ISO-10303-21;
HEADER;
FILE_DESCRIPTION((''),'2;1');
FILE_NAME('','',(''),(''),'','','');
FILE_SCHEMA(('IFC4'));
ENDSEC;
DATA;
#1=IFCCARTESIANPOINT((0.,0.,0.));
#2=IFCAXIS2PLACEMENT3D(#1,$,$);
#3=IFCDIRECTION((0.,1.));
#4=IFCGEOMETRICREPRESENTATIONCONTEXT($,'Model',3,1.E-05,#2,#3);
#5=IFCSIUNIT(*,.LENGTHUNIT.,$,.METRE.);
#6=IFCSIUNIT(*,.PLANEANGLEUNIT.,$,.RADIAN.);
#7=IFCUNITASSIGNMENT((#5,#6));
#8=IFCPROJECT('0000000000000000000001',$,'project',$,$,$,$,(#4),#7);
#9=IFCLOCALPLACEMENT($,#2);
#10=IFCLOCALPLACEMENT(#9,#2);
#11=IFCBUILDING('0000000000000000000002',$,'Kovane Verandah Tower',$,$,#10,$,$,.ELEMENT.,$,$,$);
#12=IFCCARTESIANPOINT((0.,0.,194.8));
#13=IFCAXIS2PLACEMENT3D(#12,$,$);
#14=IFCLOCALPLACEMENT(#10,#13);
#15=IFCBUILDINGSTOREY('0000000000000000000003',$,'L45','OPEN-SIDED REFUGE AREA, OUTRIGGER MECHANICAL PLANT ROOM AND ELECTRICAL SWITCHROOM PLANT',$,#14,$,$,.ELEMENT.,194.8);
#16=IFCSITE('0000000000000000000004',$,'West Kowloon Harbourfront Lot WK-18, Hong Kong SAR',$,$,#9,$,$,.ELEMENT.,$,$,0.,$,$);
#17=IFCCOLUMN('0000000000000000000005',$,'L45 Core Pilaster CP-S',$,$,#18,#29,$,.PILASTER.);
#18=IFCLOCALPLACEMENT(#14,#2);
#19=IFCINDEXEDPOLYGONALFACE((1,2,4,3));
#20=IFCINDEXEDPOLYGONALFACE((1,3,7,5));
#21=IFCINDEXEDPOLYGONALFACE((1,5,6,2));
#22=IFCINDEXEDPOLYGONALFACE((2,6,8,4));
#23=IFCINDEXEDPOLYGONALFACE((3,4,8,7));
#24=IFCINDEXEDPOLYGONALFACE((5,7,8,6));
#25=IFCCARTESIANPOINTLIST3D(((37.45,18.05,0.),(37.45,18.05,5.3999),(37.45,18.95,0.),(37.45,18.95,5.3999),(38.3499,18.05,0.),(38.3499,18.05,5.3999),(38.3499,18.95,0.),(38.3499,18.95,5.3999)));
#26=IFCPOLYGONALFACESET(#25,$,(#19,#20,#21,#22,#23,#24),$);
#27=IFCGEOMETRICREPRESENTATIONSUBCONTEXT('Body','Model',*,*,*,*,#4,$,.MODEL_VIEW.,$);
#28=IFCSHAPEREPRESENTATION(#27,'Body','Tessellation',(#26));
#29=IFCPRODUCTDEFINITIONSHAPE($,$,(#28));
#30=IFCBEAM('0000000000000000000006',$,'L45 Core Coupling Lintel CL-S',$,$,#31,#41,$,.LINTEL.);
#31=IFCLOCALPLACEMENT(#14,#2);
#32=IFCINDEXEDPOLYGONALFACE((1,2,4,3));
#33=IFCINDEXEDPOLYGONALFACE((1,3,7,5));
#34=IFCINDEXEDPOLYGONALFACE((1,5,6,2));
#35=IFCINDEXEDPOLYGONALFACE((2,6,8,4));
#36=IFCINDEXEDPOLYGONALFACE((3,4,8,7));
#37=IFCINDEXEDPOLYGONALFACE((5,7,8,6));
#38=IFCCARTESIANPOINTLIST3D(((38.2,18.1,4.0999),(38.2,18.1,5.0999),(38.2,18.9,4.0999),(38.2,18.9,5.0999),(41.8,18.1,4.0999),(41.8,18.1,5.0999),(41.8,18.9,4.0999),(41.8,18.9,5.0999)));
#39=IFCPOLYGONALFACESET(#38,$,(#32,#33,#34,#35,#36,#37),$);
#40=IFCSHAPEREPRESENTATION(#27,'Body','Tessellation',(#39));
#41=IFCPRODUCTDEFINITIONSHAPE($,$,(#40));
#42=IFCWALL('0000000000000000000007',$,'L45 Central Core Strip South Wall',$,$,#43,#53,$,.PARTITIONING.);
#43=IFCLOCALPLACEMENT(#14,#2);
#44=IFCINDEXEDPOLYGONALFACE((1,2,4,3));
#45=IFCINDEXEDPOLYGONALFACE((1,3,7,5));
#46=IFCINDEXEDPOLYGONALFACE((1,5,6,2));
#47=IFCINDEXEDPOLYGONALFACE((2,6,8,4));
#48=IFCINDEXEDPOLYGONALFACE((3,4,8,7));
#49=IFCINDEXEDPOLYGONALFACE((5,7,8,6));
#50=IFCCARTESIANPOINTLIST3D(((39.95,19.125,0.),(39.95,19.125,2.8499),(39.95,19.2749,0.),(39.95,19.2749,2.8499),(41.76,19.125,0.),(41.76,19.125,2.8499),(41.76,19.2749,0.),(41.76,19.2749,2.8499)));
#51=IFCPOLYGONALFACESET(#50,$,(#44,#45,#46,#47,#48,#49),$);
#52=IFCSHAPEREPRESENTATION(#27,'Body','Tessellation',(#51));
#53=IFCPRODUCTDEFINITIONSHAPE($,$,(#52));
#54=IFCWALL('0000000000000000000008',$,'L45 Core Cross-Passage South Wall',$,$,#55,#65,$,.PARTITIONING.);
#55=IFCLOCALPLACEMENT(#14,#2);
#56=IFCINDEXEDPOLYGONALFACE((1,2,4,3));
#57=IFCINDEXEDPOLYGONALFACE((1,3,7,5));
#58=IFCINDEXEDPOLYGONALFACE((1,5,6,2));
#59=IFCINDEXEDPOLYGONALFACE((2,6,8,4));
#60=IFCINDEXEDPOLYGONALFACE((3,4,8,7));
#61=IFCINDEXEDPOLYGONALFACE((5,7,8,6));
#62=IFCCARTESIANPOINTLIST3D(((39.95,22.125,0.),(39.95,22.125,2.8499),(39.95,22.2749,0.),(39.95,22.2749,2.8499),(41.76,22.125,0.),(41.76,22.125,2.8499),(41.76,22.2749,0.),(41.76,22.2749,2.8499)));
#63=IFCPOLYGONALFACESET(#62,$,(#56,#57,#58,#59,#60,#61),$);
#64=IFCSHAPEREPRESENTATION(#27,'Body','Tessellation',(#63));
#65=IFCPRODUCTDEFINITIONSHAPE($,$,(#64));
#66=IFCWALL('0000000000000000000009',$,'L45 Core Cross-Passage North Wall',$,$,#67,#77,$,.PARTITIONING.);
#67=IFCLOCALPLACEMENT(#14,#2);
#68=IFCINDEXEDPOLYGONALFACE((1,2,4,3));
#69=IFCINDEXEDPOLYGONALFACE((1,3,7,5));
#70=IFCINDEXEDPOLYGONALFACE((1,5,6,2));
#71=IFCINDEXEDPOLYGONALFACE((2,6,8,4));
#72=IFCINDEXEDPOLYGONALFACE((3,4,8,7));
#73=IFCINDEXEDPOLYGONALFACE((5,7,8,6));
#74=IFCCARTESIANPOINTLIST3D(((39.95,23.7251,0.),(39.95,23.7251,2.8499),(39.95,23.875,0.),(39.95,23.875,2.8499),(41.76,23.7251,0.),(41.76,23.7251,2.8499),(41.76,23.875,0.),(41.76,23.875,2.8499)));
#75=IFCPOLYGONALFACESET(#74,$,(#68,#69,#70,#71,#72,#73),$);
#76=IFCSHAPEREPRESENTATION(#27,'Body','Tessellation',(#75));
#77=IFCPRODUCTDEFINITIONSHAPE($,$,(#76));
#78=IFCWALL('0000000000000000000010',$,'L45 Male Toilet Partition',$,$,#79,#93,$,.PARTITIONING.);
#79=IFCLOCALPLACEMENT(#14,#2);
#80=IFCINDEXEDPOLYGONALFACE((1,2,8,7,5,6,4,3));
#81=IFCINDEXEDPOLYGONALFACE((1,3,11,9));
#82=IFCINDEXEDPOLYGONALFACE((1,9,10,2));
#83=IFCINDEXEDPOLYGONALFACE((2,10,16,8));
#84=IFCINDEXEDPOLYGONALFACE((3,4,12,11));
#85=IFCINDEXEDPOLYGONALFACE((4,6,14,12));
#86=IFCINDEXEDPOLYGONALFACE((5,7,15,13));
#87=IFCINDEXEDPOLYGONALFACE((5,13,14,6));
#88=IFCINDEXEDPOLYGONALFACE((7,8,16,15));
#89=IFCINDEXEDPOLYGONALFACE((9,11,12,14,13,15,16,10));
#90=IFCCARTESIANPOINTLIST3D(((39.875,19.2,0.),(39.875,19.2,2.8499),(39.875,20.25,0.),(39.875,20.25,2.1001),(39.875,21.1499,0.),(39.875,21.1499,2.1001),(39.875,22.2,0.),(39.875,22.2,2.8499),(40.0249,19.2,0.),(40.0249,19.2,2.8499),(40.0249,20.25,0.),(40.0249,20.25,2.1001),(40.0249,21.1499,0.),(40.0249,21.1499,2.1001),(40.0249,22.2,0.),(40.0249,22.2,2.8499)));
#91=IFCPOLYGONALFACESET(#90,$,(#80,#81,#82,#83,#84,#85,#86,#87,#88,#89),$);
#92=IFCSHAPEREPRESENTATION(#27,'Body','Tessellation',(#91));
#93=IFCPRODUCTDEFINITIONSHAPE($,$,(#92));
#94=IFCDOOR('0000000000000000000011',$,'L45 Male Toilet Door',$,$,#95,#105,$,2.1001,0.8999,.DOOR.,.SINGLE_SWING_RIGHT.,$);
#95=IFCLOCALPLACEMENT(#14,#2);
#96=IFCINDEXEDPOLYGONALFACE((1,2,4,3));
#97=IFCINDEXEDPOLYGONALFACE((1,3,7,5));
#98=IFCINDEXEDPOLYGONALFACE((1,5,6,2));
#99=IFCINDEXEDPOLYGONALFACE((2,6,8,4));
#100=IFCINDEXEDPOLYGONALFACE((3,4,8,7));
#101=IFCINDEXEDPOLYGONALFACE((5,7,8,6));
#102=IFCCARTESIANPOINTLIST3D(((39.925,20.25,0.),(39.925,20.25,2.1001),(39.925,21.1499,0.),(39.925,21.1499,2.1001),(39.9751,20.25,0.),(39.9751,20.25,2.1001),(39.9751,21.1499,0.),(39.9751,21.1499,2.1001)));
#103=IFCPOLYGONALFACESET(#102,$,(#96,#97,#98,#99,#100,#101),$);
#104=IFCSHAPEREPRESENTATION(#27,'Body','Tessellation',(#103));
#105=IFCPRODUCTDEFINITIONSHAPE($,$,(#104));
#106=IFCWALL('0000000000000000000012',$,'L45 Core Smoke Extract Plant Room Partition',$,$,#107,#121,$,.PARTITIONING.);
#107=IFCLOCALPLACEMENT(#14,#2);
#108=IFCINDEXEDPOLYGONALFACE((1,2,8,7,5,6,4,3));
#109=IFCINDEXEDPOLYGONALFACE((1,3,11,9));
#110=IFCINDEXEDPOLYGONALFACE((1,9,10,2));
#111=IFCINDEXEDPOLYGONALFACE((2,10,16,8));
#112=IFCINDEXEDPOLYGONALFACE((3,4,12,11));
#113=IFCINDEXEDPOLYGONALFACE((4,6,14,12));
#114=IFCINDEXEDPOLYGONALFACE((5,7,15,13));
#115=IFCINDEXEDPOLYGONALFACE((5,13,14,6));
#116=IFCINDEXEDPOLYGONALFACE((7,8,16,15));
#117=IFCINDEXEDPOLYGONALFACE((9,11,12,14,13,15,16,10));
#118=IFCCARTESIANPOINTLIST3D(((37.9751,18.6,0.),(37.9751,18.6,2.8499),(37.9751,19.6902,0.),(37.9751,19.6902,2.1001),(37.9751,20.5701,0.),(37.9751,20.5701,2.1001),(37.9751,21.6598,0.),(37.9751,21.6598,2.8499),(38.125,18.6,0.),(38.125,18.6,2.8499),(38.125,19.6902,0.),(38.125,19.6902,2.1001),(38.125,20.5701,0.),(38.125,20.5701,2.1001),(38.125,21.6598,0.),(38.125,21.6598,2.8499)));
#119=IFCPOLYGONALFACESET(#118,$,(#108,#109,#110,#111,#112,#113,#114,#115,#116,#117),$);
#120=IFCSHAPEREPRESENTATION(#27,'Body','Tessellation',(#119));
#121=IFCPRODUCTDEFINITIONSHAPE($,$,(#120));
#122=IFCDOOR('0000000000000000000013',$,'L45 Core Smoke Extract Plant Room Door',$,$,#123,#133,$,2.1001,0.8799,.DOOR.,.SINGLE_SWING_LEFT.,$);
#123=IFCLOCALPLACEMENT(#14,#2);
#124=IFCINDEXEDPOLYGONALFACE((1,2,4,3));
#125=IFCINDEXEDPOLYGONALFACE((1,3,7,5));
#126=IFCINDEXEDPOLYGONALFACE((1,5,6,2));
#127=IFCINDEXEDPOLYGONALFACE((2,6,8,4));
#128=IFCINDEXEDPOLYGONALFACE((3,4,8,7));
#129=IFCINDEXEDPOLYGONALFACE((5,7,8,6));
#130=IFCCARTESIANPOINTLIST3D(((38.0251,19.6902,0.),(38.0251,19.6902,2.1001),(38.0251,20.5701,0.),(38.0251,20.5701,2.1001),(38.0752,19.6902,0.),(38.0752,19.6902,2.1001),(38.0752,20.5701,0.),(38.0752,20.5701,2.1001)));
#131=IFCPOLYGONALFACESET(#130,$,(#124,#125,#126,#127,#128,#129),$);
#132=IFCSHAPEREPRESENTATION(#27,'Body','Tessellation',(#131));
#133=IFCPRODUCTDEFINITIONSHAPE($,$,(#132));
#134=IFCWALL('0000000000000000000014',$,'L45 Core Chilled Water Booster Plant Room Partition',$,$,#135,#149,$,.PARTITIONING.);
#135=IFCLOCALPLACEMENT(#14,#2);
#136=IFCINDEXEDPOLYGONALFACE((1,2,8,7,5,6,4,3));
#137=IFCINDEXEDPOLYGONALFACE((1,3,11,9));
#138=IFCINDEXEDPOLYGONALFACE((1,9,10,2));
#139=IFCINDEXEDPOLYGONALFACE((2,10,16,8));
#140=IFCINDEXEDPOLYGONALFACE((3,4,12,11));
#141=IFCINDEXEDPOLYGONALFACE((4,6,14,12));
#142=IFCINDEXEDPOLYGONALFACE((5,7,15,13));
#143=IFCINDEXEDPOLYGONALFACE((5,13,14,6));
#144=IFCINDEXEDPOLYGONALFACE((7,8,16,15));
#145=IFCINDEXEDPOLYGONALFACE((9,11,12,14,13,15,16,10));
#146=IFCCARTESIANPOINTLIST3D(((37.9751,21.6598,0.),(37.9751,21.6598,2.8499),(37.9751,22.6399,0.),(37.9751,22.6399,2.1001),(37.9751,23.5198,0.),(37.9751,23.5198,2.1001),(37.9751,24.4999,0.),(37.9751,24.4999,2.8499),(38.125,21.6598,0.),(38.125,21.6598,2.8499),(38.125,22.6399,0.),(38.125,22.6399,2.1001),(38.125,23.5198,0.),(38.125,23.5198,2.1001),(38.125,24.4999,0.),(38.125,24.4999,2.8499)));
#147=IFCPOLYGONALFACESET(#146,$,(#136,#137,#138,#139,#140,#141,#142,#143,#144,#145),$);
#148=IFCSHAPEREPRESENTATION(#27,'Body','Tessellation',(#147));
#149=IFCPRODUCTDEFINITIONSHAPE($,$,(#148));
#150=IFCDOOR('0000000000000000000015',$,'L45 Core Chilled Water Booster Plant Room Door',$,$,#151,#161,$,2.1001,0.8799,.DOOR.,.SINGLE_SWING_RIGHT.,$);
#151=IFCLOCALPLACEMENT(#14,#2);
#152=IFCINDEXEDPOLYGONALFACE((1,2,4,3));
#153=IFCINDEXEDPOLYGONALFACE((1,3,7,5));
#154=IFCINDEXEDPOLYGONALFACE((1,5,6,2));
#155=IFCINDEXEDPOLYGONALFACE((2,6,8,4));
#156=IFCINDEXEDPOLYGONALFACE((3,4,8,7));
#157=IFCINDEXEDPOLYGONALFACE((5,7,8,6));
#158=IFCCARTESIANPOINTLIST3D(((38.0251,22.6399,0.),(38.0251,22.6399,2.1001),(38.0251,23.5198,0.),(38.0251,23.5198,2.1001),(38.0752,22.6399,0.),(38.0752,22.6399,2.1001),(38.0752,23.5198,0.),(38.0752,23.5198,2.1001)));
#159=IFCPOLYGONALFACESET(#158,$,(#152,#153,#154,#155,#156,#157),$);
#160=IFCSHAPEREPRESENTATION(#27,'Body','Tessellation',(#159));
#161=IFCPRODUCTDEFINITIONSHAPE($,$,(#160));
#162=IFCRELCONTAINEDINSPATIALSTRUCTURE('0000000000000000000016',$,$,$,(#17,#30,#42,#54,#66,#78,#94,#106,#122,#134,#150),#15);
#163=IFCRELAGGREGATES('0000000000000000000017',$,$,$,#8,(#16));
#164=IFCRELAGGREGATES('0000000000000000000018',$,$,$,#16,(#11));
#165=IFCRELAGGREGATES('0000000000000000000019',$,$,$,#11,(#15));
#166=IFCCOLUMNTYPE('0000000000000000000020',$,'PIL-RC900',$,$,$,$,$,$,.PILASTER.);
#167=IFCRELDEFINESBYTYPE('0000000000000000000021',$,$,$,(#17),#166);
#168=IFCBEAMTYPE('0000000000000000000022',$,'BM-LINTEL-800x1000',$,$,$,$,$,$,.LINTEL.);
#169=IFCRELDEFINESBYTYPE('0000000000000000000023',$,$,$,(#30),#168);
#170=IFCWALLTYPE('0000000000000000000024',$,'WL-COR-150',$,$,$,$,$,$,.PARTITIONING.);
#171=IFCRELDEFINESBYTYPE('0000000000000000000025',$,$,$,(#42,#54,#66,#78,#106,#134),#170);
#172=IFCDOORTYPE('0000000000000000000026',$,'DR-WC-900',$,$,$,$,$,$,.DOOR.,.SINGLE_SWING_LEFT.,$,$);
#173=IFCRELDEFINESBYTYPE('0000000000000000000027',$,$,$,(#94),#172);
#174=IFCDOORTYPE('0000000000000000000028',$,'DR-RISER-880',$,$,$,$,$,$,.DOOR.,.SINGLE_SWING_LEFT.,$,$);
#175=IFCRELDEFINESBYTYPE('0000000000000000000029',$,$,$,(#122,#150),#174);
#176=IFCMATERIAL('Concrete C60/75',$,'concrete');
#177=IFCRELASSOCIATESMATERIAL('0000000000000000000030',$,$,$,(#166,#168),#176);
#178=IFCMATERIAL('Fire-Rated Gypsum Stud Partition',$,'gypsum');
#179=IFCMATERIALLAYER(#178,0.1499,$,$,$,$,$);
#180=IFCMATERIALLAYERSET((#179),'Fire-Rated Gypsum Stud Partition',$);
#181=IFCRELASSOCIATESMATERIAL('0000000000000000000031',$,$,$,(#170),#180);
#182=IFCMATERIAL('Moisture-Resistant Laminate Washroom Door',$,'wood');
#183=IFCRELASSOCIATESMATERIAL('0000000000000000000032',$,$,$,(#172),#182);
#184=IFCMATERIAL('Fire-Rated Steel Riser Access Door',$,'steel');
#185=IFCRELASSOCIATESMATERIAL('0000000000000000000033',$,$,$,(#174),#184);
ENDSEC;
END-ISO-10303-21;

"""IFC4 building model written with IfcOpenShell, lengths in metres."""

from ifc_helpers import new_model, si_unit, direction, frame, frame_2d, origin, origin_2d, place, context, subcontext, project, spatial, rectangle, extrude, material, layer, layer_set, material_profile, profile_set, type_object, element, fill, save


model = new_model("IFC4")

# Units and contexts
model_context = context("Model", 3, precision=1e-05, world=origin(), true_north=direction((0.0, 1.0)))
body_context = subcontext(model_context, "Body", "Model", "MODEL_VIEW")
ifc_project = project(units=[si_unit("LENGTHUNIT", "METRE"), si_unit("PLANEANGLEUNIT", "RADIAN")], contexts=[model_context])

# Site, building, storey
site_placement = place(None, origin())
site = spatial("IfcSite", under=ifc_project, at=site_placement, Name="West Kowloon Harbourfront Lot WK-18, Hong Kong SAR", CompositionType="ELEMENT", RefElevation=0.0)
building_placement = place(site_placement, origin())
building = spatial("IfcBuilding", under=site, at=building_placement, Name="Kovane Verandah Tower", CompositionType="ELEMENT")
storey_placement = place(building_placement, frame((0.0, 0.0, 194.8)))
storey = spatial("IfcBuildingStorey", under=building, at=storey_placement, Name="L45", Description="OPEN-SIDED REFUGE AREA, OUTRIGGER MECHANICAL PLANT ROOM AND ELECTRICAL SWITCHROOM PLANT", CompositionType="ELEMENT", Elevation=194.8)

# Column
ifc_material_1 = material(Name="Concrete C60/75", Category="concrete")
ifc_material_profile_1 = material_profile(ifc_material_1, rectangle(XDim=0.8999, YDim=0.8999, at=origin_2d()), Name="RC900x900")
ifc_profile_set_1 = profile_set([ifc_material_profile_1], Name="Concrete C60/75")
column_type = type_object("IfcColumnType", Name="PIL-RC900", PredefinedType="PILASTER", material=ifc_profile_set_1)
column_placement = place(storey_placement, frame((37.8999, 18.5, 0.0), z_axis=(0.0, 0.0, 1.0), x_axis=(1.0, 0.0, 0.0)))
element("IfcColumn", 1, at=column_placement, inside=storey, type_object=column_type, Name="L45 Core Pilaster CP-S", PredefinedType="PILASTER", context=body_context, shape_type="SweptSolid", body=[
    extrude(rectangle(XDim=0.8999, YDim=0.8999, at=origin_2d()), origin(), (0.0, 0.0, 1.0), 5.3999),
])

# Beam
ifc_material_profile_2 = material_profile(ifc_material_1, rectangle(XDim=0.8, YDim=1.0, at=origin_2d()), Name="RCB800x1000")
ifc_profile_set_2 = profile_set([ifc_material_profile_2], Name="Concrete C60/75")
beam_type = type_object("IfcBeamType", Name="BM-LINTEL-800x1000", PredefinedType="LINTEL", material=ifc_profile_set_2)
beam_placement = place(storey_placement, frame((38.2, 18.5, 4.5999), z_axis=(1.0, 0.0, 0.0), x_axis=(0.0, 1.0, 0.0)))
element("IfcBeam", 2, at=beam_placement, inside=storey, type_object=beam_type, Name="L45 Core Coupling Lintel CL-S", PredefinedType="LINTEL", context=body_context, shape_type="SweptSolid", body=[
    extrude(rectangle(XDim=0.8, YDim=1.0, at=origin_2d()), origin(), (0.0, 0.0, 1.0), 3.6001),
])

# Walls
ifc_material_2 = material(Name="Fire-Rated Gypsum Stud Partition", Category="gypsum")
ifc_layer_1 = layer(ifc_material_2, 0.1499)
ifc_layer_set_1 = layer_set([ifc_layer_1], Name="Fire-Rated Gypsum Stud Partition")
wall_type_1 = type_object("IfcWallType", Name="WL-COR-150", PredefinedType="PARTITIONING", material=ifc_layer_set_1)
for number, where, z_axis, x_axis, name in (
    (3, (39.95, 19.2, 0.0), (0.0, 0.0, 1.0), (1.0, 0.0, 0.0), "L45 Central Core Strip South Wall"),
    (4, (39.95, 22.2, 0.0), (0.0, 0.0, 1.0), (1.0, 0.0, 0.0), "L45 Core Cross-Passage South Wall"),
    (5, (39.95, 23.8, 0.0), (0.0, 0.0, 1.0), (1.0, 0.0, 0.0), "L45 Core Cross-Passage North Wall"),
):
    element("IfcWall", number, at=place(storey_placement, frame(where, z_axis=z_axis, x_axis=x_axis)), inside=storey, type_object=wall_type_1, Name=name, PredefinedType="PARTITIONING", context=body_context, shape_type="SweptSolid", body=[
        extrude(rectangle(XDim=1.8101, YDim=0.1499, at=frame_2d((0.905, 0.0))), origin(), (0.0, 0.0, 1.0), 2.8499),
    ])

# Walls, openings, doors
wall_1_placement = place(storey_placement, frame((39.95, 19.2, 0.0), z_axis=(0.0, 0.0, 1.0), x_axis=(0.0, 1.0, 0.0)))
wall_1 = element("IfcWall", 6, at=wall_1_placement, inside=storey, type_object=wall_type_1, Name="L45 Male Toilet Partition", PredefinedType="PARTITIONING", context=body_context, shape_type="SweptSolid", body=[
    extrude(rectangle(XDim=3.0, YDim=0.1499, at=frame_2d((1.5, 0.0))), origin(), (0.0, 0.0, 1.0), 2.8499),
])
opening_1_placement = place(wall_1_placement, frame((1.05, 0.0, 0.0)))
opening_1 = element("IfcOpeningElement", 7, at=opening_1_placement, cuts=wall_1, PredefinedType="OPENING", context=body_context, shape_type="SweptSolid", body=[
    extrude(rectangle(XDim=0.8999, YDim=2.1001, at=frame_2d((0.45, 1.05))), frame((0.0, 0.075, 0.0), z_axis=(0.0, -1.0, 0.0), x_axis=(1.0, 0.0, 0.0)), (0.0, 0.0, 1.0), 0.1499),
])
ifc_material_3 = material(Name="Moisture-Resistant Laminate Washroom Door", Category="wood")
door_type_1 = type_object("IfcDoorType", Name="DR-WC-900", OperationType="SINGLE_SWING_LEFT", PredefinedType="DOOR", material=ifc_material_3)
door_1_placement = place(opening_1_placement, origin())
door_1 = element("IfcDoor", 8, at=door_1_placement, inside=storey, type_object=door_type_1, Name="L45 Male Toilet Door", OperationType="SINGLE_SWING_RIGHT", OverallHeight=2.1001, OverallWidth=0.8999, PredefinedType="DOOR", context=body_context, shape_type="SweptSolid", body=[
    extrude(rectangle(XDim=0.8999, YDim=2.1001, at=frame_2d((0.45, 1.05))), frame((0.0, 0.0249, 0.0), z_axis=(0.0, -1.0, 0.0), x_axis=(1.0, 0.0, 0.0)), (0.0, 0.0, 1.0), 0.05),
])
fill(opening_1, door_1)
wall_2_placement = place(storey_placement, frame((38.05, 18.6001, 0.0), z_axis=(0.0, 0.0, 1.0), x_axis=(0.0, 1.0, 0.0)))
wall_2 = element("IfcWall", 9, at=wall_2_placement, inside=storey, type_object=wall_type_1, Name="L45 Core Smoke Extract Plant Room Partition", PredefinedType="PARTITIONING", context=body_context, shape_type="SweptSolid", body=[
    extrude(rectangle(XDim=3.0598, YDim=0.1499, at=frame_2d((1.5298, 0.0))), origin(), (0.0, 0.0, 1.0), 2.8499),
])
opening_2_placement = place(wall_2_placement, frame((1.0901, 0.0, 0.0)))
opening_2 = element("IfcOpeningElement", 10, at=opening_2_placement, cuts=wall_2, PredefinedType="OPENING", context=body_context, shape_type="SweptSolid", body=[
    extrude(rectangle(XDim=0.8799, YDim=2.1001, at=frame_2d((0.4399, 1.05))), frame((0.0, 0.075, 0.0), z_axis=(0.0, -1.0, 0.0), x_axis=(1.0, 0.0, 0.0)), (0.0, 0.0, 1.0), 0.1499),
])
ifc_material_4 = material(Name="Fire-Rated Steel Riser Access Door", Category="steel")
door_type_2 = type_object("IfcDoorType", Name="DR-RISER-880", OperationType="SINGLE_SWING_LEFT", PredefinedType="DOOR", material=ifc_material_4)
door_2_placement = place(opening_2_placement, origin())
door_2 = element("IfcDoor", 11, at=door_2_placement, inside=storey, type_object=door_type_2, Name="L45 Core Smoke Extract Plant Room Door", OperationType="SINGLE_SWING_LEFT", OverallHeight=2.1001, OverallWidth=0.8799, PredefinedType="DOOR", context=body_context, shape_type="SweptSolid", body=[
    extrude(rectangle(XDim=0.8799, YDim=2.1001, at=frame_2d((0.4399, 1.05))), frame((0.0, 0.0249, 0.0), z_axis=(0.0, -1.0, 0.0), x_axis=(1.0, 0.0, 0.0)), (0.0, 0.0, 1.0), 0.05),
])
fill(opening_2, door_2)
wall_3_placement = place(storey_placement, frame((38.05, 21.6599, 0.0), z_axis=(0.0, 0.0, 1.0), x_axis=(0.0, 1.0, 0.0)))
wall_3 = element("IfcWall", 12, at=wall_3_placement, inside=storey, type_object=wall_type_1, Name="L45 Core Chilled Water Booster Plant Room Partition", PredefinedType="PARTITIONING", context=body_context, shape_type="SweptSolid", body=[
    extrude(rectangle(XDim=2.8401, YDim=0.1499, at=frame_2d((1.4199, 0.0))), origin(), (0.0, 0.0, 1.0), 2.8499),
])
opening_3_placement = place(wall_3_placement, frame((0.98, 0.0, 0.0)))
opening_3 = element("IfcOpeningElement", 13, at=opening_3_placement, cuts=wall_3, PredefinedType="OPENING", context=body_context, shape_type="SweptSolid", body=[
    extrude(rectangle(XDim=0.8799, YDim=2.1001, at=frame_2d((0.4399, 1.05))), frame((0.0, 0.075, 0.0), z_axis=(0.0, -1.0, 0.0), x_axis=(1.0, 0.0, 0.0)), (0.0, 0.0, 1.0), 0.1499),
])
door_3_placement = place(opening_3_placement, origin())
door_3 = element("IfcDoor", 14, at=door_3_placement, inside=storey, type_object=door_type_2, Name="L45 Core Chilled Water Booster Plant Room Door", OperationType="SINGLE_SWING_RIGHT", OverallHeight=2.1001, OverallWidth=0.8799, PredefinedType="DOOR", context=body_context, shape_type="SweptSolid", body=[
    extrude(rectangle(XDim=0.8799, YDim=2.1001, at=frame_2d((0.4399, 1.05))), frame((0.0, 0.0249, 0.0), z_axis=(0.0, -1.0, 0.0), x_axis=(1.0, 0.0, 0.0)), (0.0, 0.0, 1.0), 0.05),
])
fill(opening_3, door_3)

save(model, "model.ifc")
